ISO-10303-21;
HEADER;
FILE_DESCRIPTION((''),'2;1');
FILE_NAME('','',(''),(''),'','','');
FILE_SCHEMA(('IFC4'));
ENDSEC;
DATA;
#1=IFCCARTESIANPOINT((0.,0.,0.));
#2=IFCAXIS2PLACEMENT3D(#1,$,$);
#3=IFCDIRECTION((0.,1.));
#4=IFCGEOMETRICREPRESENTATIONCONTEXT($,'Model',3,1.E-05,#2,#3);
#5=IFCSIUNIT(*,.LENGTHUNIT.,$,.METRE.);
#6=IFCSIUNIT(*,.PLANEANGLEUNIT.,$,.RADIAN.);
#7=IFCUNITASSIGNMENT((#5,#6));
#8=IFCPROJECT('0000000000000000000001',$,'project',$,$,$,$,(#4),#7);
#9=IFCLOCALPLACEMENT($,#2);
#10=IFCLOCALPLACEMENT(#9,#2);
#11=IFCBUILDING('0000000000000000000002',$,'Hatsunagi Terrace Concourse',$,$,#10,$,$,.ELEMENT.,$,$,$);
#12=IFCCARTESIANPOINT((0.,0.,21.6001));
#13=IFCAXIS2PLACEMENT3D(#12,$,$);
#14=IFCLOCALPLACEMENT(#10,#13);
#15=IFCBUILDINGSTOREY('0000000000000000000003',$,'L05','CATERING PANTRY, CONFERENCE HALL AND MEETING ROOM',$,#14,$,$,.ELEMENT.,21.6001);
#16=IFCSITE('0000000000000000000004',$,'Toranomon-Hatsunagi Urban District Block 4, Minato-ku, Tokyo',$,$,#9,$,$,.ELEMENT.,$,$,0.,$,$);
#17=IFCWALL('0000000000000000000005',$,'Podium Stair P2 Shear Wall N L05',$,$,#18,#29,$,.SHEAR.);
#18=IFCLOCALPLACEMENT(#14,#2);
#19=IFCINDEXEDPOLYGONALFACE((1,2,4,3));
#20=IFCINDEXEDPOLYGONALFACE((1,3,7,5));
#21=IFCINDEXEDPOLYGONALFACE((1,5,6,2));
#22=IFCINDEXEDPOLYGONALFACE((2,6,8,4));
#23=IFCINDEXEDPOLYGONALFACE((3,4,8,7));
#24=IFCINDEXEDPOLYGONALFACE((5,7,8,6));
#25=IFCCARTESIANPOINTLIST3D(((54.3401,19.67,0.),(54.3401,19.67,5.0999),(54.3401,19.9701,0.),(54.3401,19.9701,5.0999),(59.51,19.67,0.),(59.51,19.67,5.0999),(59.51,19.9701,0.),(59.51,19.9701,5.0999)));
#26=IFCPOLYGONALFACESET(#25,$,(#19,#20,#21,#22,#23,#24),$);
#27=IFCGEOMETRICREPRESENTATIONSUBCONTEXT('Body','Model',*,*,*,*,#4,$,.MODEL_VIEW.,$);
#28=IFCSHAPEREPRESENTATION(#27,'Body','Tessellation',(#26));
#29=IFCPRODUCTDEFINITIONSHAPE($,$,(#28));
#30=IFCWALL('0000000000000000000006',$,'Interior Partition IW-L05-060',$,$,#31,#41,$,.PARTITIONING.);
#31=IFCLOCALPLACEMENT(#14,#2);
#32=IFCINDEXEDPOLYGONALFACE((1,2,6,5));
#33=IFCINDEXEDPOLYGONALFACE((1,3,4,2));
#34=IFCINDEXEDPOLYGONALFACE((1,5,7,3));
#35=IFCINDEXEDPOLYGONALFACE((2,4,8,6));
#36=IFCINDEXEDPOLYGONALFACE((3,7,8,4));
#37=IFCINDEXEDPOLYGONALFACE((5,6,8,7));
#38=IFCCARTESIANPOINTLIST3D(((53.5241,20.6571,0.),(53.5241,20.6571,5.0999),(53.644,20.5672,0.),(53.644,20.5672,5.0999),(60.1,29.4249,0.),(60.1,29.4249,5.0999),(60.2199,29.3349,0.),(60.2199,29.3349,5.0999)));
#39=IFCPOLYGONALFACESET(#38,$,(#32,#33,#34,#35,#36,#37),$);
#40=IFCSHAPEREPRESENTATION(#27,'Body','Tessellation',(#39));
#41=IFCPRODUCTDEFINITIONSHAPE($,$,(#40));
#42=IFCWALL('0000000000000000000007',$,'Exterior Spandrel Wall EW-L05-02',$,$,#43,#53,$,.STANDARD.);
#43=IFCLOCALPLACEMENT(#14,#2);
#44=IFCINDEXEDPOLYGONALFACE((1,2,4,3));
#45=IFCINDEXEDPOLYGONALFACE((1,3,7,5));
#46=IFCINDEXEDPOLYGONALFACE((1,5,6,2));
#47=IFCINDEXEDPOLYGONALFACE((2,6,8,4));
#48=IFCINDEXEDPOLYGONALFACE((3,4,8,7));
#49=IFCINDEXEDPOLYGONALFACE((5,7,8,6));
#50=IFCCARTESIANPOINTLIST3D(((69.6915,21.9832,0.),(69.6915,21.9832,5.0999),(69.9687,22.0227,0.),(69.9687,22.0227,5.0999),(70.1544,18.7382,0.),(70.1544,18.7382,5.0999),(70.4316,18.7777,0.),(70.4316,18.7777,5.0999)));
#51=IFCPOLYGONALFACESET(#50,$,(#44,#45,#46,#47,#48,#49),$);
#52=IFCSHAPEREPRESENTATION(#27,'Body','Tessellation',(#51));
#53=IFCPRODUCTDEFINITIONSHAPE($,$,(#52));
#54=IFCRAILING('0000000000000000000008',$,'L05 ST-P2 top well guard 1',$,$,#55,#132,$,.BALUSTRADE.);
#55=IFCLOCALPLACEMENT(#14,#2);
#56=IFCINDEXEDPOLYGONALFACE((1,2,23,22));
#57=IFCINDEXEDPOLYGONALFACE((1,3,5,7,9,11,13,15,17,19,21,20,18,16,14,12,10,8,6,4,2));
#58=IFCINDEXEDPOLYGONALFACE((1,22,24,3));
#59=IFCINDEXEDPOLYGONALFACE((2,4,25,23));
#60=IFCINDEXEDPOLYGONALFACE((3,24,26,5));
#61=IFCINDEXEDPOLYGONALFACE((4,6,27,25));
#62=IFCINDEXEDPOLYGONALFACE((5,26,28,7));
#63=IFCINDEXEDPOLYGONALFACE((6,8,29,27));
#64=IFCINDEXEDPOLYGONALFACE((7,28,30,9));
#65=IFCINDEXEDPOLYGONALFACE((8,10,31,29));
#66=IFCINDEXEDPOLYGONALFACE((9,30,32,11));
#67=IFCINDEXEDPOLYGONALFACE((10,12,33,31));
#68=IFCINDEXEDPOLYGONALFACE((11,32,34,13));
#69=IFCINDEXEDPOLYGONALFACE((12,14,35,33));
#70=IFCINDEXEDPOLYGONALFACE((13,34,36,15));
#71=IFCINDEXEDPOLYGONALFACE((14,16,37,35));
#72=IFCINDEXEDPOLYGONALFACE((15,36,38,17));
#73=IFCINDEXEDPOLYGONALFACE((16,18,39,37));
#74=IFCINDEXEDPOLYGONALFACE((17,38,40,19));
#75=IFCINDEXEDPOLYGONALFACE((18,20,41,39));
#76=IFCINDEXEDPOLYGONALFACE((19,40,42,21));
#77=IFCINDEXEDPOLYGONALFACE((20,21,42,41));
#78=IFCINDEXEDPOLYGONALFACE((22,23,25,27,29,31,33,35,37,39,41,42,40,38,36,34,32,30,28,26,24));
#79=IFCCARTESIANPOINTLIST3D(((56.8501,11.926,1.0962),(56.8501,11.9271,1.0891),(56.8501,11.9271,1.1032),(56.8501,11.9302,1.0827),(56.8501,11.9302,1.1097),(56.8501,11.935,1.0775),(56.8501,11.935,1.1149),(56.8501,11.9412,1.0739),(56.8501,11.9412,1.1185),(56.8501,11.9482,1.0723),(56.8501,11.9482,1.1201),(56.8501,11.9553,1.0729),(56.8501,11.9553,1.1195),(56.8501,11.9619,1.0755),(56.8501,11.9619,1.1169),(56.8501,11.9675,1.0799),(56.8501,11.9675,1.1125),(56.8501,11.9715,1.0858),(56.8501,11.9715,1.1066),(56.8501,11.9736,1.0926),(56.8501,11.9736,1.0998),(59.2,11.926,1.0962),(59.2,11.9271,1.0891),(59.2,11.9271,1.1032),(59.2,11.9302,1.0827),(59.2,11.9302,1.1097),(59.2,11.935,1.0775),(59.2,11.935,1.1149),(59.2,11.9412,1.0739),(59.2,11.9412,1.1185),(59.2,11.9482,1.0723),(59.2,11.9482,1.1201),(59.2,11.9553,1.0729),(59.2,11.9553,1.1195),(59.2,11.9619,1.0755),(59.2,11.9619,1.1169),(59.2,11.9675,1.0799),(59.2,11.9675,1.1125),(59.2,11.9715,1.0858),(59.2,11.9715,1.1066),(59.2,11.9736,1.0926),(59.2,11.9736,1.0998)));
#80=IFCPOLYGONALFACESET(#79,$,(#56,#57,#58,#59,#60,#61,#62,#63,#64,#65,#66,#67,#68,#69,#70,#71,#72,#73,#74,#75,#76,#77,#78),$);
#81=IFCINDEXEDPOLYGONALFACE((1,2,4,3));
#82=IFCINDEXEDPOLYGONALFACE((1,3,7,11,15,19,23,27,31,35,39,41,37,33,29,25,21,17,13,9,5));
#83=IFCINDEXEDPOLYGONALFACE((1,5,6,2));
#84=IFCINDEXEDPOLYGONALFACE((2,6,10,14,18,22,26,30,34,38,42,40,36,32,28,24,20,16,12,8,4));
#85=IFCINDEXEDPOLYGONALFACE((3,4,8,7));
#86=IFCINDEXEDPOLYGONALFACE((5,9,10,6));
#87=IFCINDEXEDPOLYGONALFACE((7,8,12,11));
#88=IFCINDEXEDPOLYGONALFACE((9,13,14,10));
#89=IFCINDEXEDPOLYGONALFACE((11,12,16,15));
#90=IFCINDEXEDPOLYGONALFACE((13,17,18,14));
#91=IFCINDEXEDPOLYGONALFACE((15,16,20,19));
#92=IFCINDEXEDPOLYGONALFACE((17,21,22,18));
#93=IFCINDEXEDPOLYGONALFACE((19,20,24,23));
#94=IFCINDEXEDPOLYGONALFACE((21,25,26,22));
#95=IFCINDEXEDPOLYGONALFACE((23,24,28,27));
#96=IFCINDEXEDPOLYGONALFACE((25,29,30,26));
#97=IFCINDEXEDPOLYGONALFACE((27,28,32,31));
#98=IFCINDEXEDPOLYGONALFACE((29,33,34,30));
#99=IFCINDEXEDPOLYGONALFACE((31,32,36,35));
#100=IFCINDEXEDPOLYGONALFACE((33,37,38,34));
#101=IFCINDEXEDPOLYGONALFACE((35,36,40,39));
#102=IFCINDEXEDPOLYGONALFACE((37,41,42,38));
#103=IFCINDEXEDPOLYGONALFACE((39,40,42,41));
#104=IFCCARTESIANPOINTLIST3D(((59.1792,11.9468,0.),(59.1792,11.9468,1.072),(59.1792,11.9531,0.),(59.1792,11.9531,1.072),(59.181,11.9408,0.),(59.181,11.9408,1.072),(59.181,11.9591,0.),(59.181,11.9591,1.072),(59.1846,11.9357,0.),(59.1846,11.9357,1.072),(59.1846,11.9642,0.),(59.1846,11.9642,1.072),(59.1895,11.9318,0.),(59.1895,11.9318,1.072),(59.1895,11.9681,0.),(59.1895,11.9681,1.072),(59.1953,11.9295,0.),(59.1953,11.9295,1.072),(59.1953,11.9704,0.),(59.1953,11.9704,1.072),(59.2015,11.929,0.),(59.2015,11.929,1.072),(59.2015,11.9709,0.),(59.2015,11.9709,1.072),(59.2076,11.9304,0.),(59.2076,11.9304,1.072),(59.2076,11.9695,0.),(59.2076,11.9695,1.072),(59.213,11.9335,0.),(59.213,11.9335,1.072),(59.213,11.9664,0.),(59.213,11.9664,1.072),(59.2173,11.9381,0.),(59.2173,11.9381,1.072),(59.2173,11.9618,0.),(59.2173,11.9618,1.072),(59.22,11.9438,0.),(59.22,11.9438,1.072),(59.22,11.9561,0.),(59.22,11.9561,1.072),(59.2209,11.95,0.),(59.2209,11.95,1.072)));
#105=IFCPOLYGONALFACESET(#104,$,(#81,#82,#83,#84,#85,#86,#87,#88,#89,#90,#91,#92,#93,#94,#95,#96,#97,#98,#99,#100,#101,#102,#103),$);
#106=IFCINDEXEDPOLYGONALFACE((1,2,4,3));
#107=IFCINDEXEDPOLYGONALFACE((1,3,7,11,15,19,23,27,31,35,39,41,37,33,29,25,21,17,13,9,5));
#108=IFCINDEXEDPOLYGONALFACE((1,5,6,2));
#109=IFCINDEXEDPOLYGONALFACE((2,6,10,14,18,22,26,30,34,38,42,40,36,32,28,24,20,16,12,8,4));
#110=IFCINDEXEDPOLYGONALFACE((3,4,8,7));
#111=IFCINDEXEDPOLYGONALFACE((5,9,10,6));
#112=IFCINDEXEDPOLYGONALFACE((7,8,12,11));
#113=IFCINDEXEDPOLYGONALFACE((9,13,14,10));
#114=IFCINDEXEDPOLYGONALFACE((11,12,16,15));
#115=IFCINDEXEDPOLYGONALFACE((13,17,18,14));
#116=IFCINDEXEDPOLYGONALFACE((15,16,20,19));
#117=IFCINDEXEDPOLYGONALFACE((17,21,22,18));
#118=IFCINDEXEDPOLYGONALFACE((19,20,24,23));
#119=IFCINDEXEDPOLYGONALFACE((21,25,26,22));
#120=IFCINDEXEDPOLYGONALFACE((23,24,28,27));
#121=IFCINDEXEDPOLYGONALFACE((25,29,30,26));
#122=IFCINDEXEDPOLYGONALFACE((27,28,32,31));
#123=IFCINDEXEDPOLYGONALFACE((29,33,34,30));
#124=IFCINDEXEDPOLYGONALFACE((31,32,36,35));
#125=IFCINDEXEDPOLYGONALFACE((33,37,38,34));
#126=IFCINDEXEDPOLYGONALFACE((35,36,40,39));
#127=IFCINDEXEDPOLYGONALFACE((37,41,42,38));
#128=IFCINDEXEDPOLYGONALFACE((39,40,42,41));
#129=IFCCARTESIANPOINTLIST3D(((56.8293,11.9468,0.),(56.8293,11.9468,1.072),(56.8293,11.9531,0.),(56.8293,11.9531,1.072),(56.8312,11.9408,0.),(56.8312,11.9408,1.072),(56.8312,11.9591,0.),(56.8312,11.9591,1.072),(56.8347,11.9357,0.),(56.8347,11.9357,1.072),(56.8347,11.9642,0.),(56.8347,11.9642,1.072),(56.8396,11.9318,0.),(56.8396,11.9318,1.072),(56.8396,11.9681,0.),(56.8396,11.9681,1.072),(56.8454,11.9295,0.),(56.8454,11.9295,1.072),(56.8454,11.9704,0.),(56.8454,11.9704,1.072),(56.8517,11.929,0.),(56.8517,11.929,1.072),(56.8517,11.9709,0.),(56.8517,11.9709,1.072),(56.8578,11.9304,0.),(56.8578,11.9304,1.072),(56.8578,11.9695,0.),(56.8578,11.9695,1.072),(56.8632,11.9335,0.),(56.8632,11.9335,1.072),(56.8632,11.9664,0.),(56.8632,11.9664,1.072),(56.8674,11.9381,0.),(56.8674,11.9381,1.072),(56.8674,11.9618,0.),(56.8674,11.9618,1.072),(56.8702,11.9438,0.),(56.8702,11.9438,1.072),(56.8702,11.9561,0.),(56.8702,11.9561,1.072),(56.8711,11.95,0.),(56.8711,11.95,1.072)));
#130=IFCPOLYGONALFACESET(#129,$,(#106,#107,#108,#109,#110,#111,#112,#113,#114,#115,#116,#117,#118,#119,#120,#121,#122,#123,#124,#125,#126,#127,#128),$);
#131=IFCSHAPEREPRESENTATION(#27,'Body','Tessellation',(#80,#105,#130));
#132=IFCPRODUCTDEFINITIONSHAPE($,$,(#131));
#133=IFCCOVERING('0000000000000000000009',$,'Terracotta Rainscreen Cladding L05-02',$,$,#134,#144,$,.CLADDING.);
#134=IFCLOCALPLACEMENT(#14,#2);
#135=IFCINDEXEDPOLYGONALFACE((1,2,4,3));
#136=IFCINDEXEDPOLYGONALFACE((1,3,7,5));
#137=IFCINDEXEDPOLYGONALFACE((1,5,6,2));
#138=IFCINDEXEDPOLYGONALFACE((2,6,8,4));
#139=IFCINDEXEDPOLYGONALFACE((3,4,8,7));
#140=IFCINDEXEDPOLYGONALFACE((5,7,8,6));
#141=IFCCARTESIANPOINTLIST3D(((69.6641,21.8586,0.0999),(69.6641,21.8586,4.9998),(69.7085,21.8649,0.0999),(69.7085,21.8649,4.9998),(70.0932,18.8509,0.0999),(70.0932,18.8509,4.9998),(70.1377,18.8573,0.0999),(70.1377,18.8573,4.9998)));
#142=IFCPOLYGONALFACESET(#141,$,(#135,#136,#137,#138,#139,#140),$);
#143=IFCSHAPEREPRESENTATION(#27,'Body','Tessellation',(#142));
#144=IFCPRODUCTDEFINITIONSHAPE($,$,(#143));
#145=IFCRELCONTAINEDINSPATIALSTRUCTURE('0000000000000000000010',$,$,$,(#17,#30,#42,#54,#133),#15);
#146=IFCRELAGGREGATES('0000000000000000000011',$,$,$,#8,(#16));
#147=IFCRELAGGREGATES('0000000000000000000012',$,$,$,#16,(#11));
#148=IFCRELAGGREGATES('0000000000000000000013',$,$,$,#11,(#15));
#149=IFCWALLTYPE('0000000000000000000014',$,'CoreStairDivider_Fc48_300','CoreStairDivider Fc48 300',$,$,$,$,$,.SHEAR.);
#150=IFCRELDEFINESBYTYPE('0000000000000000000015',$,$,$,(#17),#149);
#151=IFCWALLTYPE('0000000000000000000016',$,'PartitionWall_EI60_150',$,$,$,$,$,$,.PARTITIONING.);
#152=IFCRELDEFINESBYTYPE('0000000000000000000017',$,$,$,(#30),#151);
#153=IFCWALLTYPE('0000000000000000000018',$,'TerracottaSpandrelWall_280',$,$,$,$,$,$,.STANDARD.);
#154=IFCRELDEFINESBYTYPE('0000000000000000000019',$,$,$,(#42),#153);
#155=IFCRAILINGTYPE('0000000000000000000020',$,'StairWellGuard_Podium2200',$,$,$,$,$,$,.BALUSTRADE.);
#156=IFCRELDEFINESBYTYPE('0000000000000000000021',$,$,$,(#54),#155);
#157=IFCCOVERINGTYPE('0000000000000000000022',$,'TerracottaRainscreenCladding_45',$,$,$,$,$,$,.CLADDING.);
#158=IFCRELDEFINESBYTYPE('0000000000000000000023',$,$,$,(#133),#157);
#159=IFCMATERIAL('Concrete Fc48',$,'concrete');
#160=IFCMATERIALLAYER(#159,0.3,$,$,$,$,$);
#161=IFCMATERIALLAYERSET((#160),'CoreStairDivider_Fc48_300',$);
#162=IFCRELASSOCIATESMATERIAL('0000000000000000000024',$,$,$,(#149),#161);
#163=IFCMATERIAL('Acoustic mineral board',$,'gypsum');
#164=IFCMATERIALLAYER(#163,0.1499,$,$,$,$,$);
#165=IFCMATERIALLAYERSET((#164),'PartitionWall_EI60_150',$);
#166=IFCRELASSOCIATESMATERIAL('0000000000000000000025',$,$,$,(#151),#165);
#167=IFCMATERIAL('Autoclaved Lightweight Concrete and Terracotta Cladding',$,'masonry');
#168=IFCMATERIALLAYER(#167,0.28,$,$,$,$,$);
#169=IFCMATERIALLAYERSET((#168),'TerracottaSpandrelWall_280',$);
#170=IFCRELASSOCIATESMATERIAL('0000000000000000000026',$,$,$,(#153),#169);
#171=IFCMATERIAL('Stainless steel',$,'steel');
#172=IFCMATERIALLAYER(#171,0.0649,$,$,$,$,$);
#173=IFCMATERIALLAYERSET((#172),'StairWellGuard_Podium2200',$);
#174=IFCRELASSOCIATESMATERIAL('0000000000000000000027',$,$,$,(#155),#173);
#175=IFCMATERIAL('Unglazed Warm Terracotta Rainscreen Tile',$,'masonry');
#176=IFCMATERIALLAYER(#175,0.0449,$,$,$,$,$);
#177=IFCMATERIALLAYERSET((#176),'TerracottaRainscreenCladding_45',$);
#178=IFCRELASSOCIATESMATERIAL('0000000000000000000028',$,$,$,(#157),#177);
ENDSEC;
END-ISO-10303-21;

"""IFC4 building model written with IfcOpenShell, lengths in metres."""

from ifc_helpers import new_model, si_unit, direction, frame, frame_2d, origin, origin_2d, place, context, subcontext, project, spatial, rectangle, circle, extrude, material, layer, layer_set, type_object, element, save


model = new_model("IFC4")

# Units and contexts
model_context = context("Model", 3, precision=1e-05, world=origin(), true_north=direction((0.0, 1.0)))
body_context = subcontext(model_context, "Body", "Model", "MODEL_VIEW")
ifc_project = project(units=[si_unit("LENGTHUNIT", "METRE"), si_unit("PLANEANGLEUNIT", "RADIAN")], contexts=[model_context])

# Site, building, storey
site_placement = place(None, origin())
site = spatial("IfcSite", under=ifc_project, at=site_placement, Name="Toranomon-Hatsunagi Urban District Block 4, Minato-ku, Tokyo", CompositionType="ELEMENT", RefElevation=0.0)
building_placement = place(site_placement, origin())
building = spatial("IfcBuilding", under=site, at=building_placement, Name="Hatsunagi Terrace Concourse", CompositionType="ELEMENT")
storey_placement = place(building_placement, frame((0.0, 0.0, 21.6001)))
storey = spatial("IfcBuildingStorey", under=building, at=storey_placement, Name="L05", Description="CATERING PANTRY, CONFERENCE HALL AND MEETING ROOM", CompositionType="ELEMENT", Elevation=21.6001)

# Walls
ifc_material_1 = material(Name="Concrete Fc48", Category="concrete")
ifc_layer_1 = layer(ifc_material_1, 0.3)
ifc_layer_set_1 = layer_set([ifc_layer_1], Name="CoreStairDivider_Fc48_300")
wall_type_1 = type_object("IfcWallType", Name="CoreStairDivider_Fc48_300", Description="CoreStairDivider Fc48 300", PredefinedType="SHEAR", material=ifc_layer_set_1)
wall_1_placement = place(storey_placement, frame((54.3401, 19.8201, 0.0), z_axis=(0.0, 0.0, 1.0), x_axis=(1.0, 0.0, 0.0)))
element("IfcWall", 1, at=wall_1_placement, inside=storey, type_object=wall_type_1, Name="Podium Stair P2 Shear Wall N L05", PredefinedType="SHEAR", context=body_context, shape_type="SweptSolid", body=[
    extrude(rectangle(XDim=5.1699, YDim=0.3, at=frame_2d((2.585, 0.0))), origin(), (0.0, 0.0, 1.0), 5.0999),
])
ifc_material_2 = material(Name="Acoustic mineral board", Category="gypsum")
ifc_layer_2 = layer(ifc_material_2, 0.1499)
ifc_layer_set_2 = layer_set([ifc_layer_2], Name="PartitionWall_EI60_150")
wall_type_2 = type_object("IfcWallType", Name="PartitionWall_EI60_150", PredefinedType="PARTITIONING", material=ifc_layer_set_2)
wall_2_placement = place(storey_placement, frame((53.584, 20.6121, 0.0), z_axis=(0.0, 0.0, 1.0), x_axis=(0.600004, 0.799997, 0.0)))
element("IfcWall", 2, at=wall_2_placement, inside=storey, type_object=wall_type_2, Name="Interior Partition IW-L05-060", PredefinedType="PARTITIONING", context=body_context, shape_type="SweptSolid", body=[
    extrude(rectangle(XDim=10.9597, YDim=0.1499, at=frame_2d((5.48, 0.0))), origin(), (0.0, 0.0, 1.0), 5.0999),
])
ifc_material_3 = material(Name="Autoclaved Lightweight Concrete and Terracotta Cladding", Category="masonry")
ifc_layer_3 = layer(ifc_material_3, 0.28)
ifc_layer_set_3 = layer_set([ifc_layer_3], Name="TerracottaSpandrelWall_280")
wall_type_3 = type_object("IfcWallType", Name="TerracottaSpandrelWall_280", PredefinedType="STANDARD", material=ifc_layer_set_3)
wall_3_placement = place(storey_placement, frame((69.8301, 22.0029, 0.0), z_axis=(0.0, 0.0, 1.0), x_axis=(0.141223, -0.989978, 0.0)))
element("IfcWall", 3, at=wall_3_placement, inside=storey, type_object=wall_type_3, Name="Exterior Spandrel Wall EW-L05-02", PredefinedType="STANDARD", context=body_context, shape_type="SweptSolid", body=[
    extrude(rectangle(XDim=3.2778, YDim=0.28, at=frame_2d((1.6389, 0.0))), origin(), (0.0, 0.0, 1.0), 5.0999),
])

# Railing
ifc_material_4 = material(Name="Stainless steel", Category="steel")
ifc_layer_4 = layer(ifc_material_4, 0.0649)
ifc_layer_set_4 = layer_set([ifc_layer_4], Name="StairWellGuard_Podium2200")
railing_type = type_object("IfcRailingType", Name="StairWellGuard_Podium2200", PredefinedType="BALUSTRADE", material=ifc_layer_set_4)
railing_placement = place(storey_placement, frame((59.2, 11.95, 0.0)))
element("IfcRailing", 4, at=railing_placement, inside=storey, type_object=railing_type, Name="L05 ST-P2 top well guard 1", PredefinedType="BALUSTRADE", context=body_context, shape_type="SweptSolid", body=[
    extrude(circle(Radius=0.0239, at=origin_2d()), frame((0.0, 0.0, 1.0962), z_axis=(-1.0, 0.0, 0.0), x_axis=(0.0, -1.0, 0.0)), (0.0, 0.0, 1.0), 2.3499),
    extrude(circle(Radius=0.021, at=origin_2d()), origin(), (0.0, 0.0, 1.0), 1.072),
    extrude(circle(Radius=0.021, at=origin_2d()), frame((-2.3499, 0.0, 0.0)), (0.0, 0.0, 1.0), 1.072),
])

# Covering
ifc_material_5 = material(Name="Unglazed Warm Terracotta Rainscreen Tile", Category="masonry")
ifc_layer_5 = layer(ifc_material_5, 0.0449)
ifc_layer_set_5 = layer_set([ifc_layer_5], Name="TerracottaRainscreenCladding_45")
covering_type = type_object("IfcCoveringType", Name="TerracottaRainscreenCladding_45", PredefinedType="CLADDING", material=ifc_layer_set_5)
covering_placement = place(storey_placement, frame((69.9009, 20.3579, 0.0999), z_axis=(0.0, 0.0, 1.0), x_axis=(0.14125, -0.989974, 0.0)))
element("IfcCovering", 5, at=covering_placement, inside=storey, type_object=covering_type, Name="Terracotta Rainscreen Cladding L05-02", PredefinedType="CLADDING", context=body_context, shape_type="SweptSolid", body=[
    extrude(rectangle(XDim=3.0381, YDim=0.0449, at=origin_2d()), origin(), (0.0, 0.0, 1.0), 4.8999),
])

save(model, "model.ifc")
